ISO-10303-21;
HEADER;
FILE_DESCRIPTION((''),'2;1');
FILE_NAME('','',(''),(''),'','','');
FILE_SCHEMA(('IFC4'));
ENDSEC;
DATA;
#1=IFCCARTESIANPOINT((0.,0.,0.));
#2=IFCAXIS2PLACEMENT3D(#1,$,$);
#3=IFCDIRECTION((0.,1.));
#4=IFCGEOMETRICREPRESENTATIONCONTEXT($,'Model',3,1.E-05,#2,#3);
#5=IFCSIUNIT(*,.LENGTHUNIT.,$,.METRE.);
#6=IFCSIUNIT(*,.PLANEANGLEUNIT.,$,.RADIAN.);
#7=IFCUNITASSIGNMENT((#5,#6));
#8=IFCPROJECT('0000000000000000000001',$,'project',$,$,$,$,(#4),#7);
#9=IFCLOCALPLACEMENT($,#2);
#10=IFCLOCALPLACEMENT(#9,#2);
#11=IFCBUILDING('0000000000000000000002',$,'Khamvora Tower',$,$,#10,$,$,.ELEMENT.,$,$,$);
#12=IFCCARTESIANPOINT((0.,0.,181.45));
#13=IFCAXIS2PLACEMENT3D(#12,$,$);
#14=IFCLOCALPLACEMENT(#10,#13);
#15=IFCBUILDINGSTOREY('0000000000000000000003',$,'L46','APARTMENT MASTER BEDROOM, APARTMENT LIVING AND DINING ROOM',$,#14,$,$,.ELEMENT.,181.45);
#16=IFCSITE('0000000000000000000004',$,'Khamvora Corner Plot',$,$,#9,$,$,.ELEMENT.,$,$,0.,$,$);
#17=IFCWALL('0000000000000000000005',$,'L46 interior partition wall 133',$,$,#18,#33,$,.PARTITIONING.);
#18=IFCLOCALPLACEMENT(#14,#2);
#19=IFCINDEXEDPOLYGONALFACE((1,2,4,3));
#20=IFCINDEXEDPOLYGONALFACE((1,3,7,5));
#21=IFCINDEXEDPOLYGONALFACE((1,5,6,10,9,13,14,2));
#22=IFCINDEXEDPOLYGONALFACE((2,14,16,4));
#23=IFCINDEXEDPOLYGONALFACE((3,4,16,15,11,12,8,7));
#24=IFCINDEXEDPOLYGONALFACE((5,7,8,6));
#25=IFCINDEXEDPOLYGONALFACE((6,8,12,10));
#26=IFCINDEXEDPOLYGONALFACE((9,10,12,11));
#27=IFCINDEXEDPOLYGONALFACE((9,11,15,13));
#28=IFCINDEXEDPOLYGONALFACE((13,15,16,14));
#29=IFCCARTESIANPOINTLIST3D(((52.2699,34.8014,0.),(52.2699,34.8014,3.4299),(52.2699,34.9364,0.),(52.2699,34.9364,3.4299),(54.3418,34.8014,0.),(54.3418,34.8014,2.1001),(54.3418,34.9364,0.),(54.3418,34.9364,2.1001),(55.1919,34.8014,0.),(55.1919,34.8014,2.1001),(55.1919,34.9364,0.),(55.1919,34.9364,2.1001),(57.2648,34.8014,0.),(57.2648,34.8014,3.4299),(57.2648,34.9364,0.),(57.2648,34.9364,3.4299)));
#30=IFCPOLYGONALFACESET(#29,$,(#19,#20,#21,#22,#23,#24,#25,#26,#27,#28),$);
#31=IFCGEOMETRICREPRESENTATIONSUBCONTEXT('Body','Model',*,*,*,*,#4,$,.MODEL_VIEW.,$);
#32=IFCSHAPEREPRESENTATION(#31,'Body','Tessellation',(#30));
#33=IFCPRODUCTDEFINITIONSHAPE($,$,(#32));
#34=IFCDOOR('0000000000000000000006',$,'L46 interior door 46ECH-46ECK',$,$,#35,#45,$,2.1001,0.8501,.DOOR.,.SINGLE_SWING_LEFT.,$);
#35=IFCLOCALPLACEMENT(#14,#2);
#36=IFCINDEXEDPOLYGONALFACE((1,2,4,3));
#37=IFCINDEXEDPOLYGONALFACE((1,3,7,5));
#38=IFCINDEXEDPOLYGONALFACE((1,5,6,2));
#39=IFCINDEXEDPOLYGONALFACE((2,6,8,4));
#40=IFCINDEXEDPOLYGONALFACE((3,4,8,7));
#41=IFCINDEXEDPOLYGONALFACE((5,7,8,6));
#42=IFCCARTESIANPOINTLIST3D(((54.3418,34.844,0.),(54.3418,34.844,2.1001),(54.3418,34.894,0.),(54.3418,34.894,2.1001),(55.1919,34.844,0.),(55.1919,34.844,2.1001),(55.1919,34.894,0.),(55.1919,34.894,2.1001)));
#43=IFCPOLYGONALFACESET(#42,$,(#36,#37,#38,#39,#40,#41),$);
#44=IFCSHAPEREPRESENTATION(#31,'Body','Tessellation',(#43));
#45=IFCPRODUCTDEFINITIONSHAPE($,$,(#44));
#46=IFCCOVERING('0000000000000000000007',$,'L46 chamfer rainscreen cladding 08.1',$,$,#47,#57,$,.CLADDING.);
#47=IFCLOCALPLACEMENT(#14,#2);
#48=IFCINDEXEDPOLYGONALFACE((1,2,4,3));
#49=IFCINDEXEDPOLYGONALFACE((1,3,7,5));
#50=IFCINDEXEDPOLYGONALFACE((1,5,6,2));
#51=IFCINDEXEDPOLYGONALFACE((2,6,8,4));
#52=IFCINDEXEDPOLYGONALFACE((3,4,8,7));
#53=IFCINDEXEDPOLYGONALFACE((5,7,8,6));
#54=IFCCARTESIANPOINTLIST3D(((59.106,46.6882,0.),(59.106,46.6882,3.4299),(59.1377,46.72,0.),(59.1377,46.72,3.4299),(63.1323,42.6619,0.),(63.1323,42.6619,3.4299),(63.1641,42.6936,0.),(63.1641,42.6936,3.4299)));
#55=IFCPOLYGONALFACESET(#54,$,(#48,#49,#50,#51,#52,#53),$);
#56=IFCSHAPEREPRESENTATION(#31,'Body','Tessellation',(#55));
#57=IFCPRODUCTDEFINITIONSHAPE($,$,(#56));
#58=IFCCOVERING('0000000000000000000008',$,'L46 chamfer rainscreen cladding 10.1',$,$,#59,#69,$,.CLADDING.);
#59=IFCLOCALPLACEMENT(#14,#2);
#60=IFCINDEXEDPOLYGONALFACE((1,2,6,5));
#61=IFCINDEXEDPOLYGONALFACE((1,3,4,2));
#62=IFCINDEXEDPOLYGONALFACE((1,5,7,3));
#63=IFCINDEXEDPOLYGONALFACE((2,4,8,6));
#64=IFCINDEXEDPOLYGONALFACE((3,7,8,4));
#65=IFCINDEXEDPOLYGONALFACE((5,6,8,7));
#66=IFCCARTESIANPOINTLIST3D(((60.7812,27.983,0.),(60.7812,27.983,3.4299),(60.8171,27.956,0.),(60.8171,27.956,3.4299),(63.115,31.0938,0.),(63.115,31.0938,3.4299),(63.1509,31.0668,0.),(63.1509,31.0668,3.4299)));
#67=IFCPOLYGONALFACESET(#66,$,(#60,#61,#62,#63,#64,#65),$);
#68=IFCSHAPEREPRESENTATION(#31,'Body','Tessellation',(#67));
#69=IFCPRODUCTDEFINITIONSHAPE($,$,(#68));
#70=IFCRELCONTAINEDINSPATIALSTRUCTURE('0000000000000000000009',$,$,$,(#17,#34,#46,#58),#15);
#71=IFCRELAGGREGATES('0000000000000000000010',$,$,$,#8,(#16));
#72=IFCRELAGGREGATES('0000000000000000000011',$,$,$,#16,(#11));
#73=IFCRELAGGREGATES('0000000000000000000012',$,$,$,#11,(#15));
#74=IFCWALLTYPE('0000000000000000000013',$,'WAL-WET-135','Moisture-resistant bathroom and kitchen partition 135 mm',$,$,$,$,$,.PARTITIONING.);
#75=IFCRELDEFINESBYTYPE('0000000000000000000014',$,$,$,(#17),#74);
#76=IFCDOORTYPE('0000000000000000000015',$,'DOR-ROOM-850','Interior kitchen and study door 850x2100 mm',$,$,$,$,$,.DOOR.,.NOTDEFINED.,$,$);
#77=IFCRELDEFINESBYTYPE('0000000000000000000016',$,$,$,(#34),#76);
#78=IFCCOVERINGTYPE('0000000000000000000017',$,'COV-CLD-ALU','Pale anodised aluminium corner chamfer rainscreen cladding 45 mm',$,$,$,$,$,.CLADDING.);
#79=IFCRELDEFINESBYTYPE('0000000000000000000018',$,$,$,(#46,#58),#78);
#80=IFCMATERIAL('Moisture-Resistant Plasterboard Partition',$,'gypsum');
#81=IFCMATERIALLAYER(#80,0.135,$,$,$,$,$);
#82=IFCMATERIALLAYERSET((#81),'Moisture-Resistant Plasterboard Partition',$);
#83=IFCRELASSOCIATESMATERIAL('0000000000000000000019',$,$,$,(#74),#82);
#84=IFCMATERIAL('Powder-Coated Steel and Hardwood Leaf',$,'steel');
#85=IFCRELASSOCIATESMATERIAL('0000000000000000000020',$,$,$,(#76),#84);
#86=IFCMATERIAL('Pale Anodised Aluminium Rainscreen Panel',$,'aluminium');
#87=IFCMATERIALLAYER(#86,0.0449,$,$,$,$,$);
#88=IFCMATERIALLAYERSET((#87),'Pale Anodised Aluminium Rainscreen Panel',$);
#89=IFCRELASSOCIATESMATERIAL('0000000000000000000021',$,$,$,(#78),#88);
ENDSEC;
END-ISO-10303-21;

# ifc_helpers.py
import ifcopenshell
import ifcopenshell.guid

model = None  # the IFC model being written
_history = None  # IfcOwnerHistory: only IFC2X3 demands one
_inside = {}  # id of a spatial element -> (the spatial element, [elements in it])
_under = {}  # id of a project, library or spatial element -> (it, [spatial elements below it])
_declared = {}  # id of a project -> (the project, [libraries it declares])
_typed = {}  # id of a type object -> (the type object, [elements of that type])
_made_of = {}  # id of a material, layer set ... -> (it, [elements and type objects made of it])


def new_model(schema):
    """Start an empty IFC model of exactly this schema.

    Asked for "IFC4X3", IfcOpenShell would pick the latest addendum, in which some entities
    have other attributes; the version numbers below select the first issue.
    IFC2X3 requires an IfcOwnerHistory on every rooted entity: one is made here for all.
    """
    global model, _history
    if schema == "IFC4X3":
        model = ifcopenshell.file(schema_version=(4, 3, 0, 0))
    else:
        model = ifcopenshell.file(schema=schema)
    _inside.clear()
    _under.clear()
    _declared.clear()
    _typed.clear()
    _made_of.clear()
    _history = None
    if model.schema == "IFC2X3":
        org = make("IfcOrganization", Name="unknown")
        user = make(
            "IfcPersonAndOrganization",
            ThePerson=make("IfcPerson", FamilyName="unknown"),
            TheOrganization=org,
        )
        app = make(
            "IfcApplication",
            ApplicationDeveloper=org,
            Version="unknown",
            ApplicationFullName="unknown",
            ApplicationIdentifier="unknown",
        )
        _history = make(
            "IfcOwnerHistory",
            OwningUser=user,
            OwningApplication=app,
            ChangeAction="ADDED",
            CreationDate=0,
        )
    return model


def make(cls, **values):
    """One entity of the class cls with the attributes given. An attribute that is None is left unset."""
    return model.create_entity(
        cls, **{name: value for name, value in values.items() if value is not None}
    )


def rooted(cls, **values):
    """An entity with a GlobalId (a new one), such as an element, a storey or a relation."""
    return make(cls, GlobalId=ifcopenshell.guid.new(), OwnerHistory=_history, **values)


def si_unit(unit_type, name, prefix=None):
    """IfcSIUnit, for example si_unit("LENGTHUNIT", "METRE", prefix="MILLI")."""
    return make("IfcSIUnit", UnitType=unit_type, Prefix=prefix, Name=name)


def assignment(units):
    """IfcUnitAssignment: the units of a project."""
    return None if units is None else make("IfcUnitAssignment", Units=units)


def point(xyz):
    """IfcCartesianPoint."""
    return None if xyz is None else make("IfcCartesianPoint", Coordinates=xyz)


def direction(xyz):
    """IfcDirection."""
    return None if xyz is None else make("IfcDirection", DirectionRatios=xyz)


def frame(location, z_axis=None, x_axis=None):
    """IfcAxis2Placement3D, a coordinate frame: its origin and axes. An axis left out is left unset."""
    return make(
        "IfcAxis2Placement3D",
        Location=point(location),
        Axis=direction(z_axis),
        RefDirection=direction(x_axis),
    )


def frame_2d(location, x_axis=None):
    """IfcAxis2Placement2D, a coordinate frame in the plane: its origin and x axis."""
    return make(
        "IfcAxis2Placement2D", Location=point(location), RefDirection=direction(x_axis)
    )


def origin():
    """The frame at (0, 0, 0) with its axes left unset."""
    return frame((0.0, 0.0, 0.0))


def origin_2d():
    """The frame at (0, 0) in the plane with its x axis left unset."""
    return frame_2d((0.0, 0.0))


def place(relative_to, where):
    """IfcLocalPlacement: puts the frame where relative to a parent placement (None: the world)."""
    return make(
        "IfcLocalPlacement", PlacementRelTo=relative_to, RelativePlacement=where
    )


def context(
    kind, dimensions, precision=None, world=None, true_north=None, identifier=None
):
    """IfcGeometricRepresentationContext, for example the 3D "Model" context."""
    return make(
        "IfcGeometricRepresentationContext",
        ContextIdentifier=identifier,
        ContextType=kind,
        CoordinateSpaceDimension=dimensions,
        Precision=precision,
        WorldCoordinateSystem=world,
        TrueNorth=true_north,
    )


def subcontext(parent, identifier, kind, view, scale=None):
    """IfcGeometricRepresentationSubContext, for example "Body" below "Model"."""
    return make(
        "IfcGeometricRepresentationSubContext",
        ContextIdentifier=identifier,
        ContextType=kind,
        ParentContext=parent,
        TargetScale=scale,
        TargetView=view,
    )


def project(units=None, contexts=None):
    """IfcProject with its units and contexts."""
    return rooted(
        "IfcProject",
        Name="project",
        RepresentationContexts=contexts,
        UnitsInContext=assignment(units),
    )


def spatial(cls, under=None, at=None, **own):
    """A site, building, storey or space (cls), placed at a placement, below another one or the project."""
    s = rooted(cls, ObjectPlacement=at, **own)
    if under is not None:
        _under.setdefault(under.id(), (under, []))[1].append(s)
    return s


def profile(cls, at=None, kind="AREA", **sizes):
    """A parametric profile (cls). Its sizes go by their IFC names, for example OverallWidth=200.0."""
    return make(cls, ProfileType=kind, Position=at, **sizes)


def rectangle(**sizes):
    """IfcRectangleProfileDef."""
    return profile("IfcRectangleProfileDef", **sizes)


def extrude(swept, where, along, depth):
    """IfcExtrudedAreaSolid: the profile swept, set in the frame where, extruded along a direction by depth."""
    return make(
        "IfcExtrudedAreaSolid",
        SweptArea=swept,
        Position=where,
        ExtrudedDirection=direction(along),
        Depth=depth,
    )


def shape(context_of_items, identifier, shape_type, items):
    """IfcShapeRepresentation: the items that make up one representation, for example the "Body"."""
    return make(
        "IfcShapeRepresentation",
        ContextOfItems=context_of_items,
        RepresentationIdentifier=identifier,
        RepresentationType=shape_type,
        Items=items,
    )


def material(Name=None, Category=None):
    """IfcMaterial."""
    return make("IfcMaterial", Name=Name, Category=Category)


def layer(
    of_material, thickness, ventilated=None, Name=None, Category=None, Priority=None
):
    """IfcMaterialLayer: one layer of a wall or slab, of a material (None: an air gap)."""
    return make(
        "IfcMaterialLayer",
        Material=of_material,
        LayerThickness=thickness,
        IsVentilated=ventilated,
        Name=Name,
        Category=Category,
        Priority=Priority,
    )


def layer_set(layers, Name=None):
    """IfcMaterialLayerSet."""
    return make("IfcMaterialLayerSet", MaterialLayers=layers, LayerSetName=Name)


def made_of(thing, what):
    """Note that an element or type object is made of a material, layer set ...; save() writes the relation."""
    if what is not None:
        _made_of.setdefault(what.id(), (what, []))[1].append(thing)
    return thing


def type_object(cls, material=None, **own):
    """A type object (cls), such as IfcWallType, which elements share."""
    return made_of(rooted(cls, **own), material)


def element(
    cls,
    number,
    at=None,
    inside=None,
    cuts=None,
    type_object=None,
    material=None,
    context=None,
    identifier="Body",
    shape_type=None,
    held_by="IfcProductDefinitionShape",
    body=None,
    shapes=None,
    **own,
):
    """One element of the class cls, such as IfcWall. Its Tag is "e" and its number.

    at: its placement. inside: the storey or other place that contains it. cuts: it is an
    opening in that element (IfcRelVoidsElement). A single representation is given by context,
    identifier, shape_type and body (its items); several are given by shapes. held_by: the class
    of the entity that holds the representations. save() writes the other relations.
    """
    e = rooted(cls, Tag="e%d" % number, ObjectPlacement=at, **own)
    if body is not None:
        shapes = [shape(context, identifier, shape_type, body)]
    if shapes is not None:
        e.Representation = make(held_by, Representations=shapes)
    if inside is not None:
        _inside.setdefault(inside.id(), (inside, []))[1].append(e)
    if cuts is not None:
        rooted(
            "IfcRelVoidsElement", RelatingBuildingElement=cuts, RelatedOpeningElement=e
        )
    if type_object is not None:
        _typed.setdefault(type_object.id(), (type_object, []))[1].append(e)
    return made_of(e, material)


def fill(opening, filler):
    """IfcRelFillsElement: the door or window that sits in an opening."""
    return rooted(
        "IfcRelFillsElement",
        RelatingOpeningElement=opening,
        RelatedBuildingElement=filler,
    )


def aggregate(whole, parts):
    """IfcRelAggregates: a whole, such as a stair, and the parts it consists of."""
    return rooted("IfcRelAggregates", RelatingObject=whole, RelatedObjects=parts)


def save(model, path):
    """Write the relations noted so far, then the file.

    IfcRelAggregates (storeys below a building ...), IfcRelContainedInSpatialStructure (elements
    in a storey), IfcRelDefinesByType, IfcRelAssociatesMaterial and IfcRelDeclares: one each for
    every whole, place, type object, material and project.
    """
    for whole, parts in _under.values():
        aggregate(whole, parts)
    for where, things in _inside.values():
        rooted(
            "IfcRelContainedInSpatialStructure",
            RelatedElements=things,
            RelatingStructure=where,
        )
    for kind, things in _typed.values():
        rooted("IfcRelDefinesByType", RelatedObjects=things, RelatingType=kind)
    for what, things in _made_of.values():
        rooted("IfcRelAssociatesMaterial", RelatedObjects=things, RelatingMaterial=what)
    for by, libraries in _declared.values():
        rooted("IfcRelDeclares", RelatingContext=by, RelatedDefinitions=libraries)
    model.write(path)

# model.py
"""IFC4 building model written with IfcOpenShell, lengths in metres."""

from ifc_helpers import new_model, si_unit, direction, frame, frame_2d, origin, origin_2d, place, context, subcontext, project, spatial, rectangle, extrude, material, layer, layer_set, type_object, element, fill, save


model = new_model("IFC4")

# Units and contexts
model_context = context("Model", 3, precision=1e-05, world=origin(), true_north=direction((0.0, 1.0)))
body_context = subcontext(model_context, "Body", "Model", "MODEL_VIEW")
ifc_project = project(units=[si_unit("LENGTHUNIT", "METRE"), si_unit("PLANEANGLEUNIT", "RADIAN")], contexts=[model_context])

# Site, building, storey
site_placement = place(None, origin())
site = spatial("IfcSite", under=ifc_project, at=site_placement, Name="Khamvora Corner Plot", CompositionType="ELEMENT", RefElevation=0.0)
building_placement = place(site_placement, origin())
building = spatial("IfcBuilding", under=site, at=building_placement, Name="Khamvora Tower", CompositionType="ELEMENT")
storey_placement = place(building_placement, frame((0.0, 0.0, 181.45)))
storey = spatial("IfcBuildingStorey", under=building, at=storey_placement, Name="L46", Description="APARTMENT MASTER BEDROOM, APARTMENT LIVING AND DINING ROOM", CompositionType="ELEMENT", Elevation=181.45)

# Shared definitions
ifc_material_1 = material(Name="Powder-Coated Steel and Hardwood Leaf", Category="steel")

# Shared definitions
ifc_material_2 = material(Name="Moisture-Resistant Plasterboard Partition", Category="gypsum")
ifc_layer_1 = layer(ifc_material_2, 0.135)
ifc_layer_set_1 = layer_set([ifc_layer_1], Name="Moisture-Resistant Plasterboard Partition")
wall_type_1 = type_object("IfcWallType", Name="WAL-WET-135", Description="Moisture-resistant bathroom and kitchen partition 135 mm", PredefinedType="PARTITIONING", material=ifc_layer_set_1)

# Wall, opening, door
wall_1_placement = place(storey_placement, frame((57.2649, 34.8689, 0.0), z_axis=(0.0, 0.0, 1.0), x_axis=(-1.0, 0.0, 0.0)))
wall_1 = element("IfcWall", 1, at=wall_1_placement, inside=storey, type_object=wall_type_1, Name="L46 interior partition wall 133", PredefinedType="PARTITIONING", context=body_context, shape_type="SweptSolid", body=[
    extrude(rectangle(XDim=4.9949, YDim=0.135, at=frame_2d((2.4976, 0.0))), origin(), (0.0, 0.0, 1.0), 3.4299),
])
opening_1_placement = place(wall_1_placement, frame((2.073, 0.0, 0.0)))
opening_1 = element("IfcOpeningElement", 2, at=opening_1_placement, cuts=wall_1, PredefinedType="OPENING", context=body_context, shape_type="SweptSolid", body=[
    extrude(rectangle(XDim=0.8501, YDim=2.1001, at=frame_2d((0.425, 1.05))), frame((0.0, 0.0774, 0.0), z_axis=(0.0, -1.0, 0.0), x_axis=(1.0, 0.0, 0.0)), (0.0, 0.0, 1.0), 0.155),
])
door_type_1 = type_object("IfcDoorType", Name="DOR-ROOM-850", Description="Interior kitchen and study door 850x2100 mm", OperationType="NOTDEFINED", PredefinedType="DOOR", material=ifc_material_1)
door_1_placement = place(opening_1_placement, origin())
door_1 = element("IfcDoor", 3, at=door_1_placement, inside=storey, type_object=door_type_1, Name="L46 interior door 46ECH-46ECK", OperationType="SINGLE_SWING_LEFT", OverallHeight=2.1001, OverallWidth=0.8501, PredefinedType="DOOR", context=body_context, shape_type="SweptSolid", body=[
    extrude(rectangle(XDim=0.8501, YDim=2.1001, at=frame_2d((0.425, 1.05))), frame((0.0, 0.0249, 0.0), z_axis=(0.0, -1.0, 0.0), x_axis=(1.0, 0.0, 0.0)), (0.0, 0.0, 1.0), 0.05),
])
fill(opening_1, door_1)

# Coverings
ifc_material_3 = material(Name="Pale Anodised Aluminium Rainscreen Panel", Category="aluminium")
ifc_layer_2 = layer(ifc_material_3, 0.0449)
ifc_layer_set_2 = layer_set([ifc_layer_2], Name="Pale Anodised Aluminium Rainscreen Panel")
covering_type = type_object("IfcCoveringType", Name="COV-CLD-ALU", Description="Pale anodised aluminium corner chamfer rainscreen cladding 45 mm", PredefinedType="CLADDING", material=ifc_layer_set_2)
covering_1_placement = place(storey_placement, frame((61.135, 44.6909, 0.0), z_axis=(0.0, 0.0, 1.0), x_axis=(0.707107, -0.707107, 0.0)))
element("IfcCovering", 4, at=covering_1_placement, inside=storey, type_object=covering_type, Name="L46 chamfer rainscreen cladding 08.1", PredefinedType="CLADDING", context=body_context, shape_type="SweptSolid", body=[
    extrude(rectangle(XDim=5.6941, YDim=0.0449, at=origin_2d()), origin(), (0.0, 0.0, 1.0), 3.4299),
])
covering_2_placement = place(storey_placement, frame((61.9661, 29.5249, 0.0), z_axis=(0.0, 0.0, 1.0), x_axis=(-0.60012, -0.79991, 0.0)))
element("IfcCovering", 5, at=covering_2_placement, inside=storey, type_object=covering_type, Name="L46 chamfer rainscreen cladding 10.1", PredefinedType="CLADDING", context=body_context, shape_type="SweptSolid", body=[
    extrude(rectangle(XDim=3.8889, YDim=0.0449, at=origin_2d()), origin(), (0.0, 0.0, 1.0), 3.4299),
])

save(model, "model.ifc")
